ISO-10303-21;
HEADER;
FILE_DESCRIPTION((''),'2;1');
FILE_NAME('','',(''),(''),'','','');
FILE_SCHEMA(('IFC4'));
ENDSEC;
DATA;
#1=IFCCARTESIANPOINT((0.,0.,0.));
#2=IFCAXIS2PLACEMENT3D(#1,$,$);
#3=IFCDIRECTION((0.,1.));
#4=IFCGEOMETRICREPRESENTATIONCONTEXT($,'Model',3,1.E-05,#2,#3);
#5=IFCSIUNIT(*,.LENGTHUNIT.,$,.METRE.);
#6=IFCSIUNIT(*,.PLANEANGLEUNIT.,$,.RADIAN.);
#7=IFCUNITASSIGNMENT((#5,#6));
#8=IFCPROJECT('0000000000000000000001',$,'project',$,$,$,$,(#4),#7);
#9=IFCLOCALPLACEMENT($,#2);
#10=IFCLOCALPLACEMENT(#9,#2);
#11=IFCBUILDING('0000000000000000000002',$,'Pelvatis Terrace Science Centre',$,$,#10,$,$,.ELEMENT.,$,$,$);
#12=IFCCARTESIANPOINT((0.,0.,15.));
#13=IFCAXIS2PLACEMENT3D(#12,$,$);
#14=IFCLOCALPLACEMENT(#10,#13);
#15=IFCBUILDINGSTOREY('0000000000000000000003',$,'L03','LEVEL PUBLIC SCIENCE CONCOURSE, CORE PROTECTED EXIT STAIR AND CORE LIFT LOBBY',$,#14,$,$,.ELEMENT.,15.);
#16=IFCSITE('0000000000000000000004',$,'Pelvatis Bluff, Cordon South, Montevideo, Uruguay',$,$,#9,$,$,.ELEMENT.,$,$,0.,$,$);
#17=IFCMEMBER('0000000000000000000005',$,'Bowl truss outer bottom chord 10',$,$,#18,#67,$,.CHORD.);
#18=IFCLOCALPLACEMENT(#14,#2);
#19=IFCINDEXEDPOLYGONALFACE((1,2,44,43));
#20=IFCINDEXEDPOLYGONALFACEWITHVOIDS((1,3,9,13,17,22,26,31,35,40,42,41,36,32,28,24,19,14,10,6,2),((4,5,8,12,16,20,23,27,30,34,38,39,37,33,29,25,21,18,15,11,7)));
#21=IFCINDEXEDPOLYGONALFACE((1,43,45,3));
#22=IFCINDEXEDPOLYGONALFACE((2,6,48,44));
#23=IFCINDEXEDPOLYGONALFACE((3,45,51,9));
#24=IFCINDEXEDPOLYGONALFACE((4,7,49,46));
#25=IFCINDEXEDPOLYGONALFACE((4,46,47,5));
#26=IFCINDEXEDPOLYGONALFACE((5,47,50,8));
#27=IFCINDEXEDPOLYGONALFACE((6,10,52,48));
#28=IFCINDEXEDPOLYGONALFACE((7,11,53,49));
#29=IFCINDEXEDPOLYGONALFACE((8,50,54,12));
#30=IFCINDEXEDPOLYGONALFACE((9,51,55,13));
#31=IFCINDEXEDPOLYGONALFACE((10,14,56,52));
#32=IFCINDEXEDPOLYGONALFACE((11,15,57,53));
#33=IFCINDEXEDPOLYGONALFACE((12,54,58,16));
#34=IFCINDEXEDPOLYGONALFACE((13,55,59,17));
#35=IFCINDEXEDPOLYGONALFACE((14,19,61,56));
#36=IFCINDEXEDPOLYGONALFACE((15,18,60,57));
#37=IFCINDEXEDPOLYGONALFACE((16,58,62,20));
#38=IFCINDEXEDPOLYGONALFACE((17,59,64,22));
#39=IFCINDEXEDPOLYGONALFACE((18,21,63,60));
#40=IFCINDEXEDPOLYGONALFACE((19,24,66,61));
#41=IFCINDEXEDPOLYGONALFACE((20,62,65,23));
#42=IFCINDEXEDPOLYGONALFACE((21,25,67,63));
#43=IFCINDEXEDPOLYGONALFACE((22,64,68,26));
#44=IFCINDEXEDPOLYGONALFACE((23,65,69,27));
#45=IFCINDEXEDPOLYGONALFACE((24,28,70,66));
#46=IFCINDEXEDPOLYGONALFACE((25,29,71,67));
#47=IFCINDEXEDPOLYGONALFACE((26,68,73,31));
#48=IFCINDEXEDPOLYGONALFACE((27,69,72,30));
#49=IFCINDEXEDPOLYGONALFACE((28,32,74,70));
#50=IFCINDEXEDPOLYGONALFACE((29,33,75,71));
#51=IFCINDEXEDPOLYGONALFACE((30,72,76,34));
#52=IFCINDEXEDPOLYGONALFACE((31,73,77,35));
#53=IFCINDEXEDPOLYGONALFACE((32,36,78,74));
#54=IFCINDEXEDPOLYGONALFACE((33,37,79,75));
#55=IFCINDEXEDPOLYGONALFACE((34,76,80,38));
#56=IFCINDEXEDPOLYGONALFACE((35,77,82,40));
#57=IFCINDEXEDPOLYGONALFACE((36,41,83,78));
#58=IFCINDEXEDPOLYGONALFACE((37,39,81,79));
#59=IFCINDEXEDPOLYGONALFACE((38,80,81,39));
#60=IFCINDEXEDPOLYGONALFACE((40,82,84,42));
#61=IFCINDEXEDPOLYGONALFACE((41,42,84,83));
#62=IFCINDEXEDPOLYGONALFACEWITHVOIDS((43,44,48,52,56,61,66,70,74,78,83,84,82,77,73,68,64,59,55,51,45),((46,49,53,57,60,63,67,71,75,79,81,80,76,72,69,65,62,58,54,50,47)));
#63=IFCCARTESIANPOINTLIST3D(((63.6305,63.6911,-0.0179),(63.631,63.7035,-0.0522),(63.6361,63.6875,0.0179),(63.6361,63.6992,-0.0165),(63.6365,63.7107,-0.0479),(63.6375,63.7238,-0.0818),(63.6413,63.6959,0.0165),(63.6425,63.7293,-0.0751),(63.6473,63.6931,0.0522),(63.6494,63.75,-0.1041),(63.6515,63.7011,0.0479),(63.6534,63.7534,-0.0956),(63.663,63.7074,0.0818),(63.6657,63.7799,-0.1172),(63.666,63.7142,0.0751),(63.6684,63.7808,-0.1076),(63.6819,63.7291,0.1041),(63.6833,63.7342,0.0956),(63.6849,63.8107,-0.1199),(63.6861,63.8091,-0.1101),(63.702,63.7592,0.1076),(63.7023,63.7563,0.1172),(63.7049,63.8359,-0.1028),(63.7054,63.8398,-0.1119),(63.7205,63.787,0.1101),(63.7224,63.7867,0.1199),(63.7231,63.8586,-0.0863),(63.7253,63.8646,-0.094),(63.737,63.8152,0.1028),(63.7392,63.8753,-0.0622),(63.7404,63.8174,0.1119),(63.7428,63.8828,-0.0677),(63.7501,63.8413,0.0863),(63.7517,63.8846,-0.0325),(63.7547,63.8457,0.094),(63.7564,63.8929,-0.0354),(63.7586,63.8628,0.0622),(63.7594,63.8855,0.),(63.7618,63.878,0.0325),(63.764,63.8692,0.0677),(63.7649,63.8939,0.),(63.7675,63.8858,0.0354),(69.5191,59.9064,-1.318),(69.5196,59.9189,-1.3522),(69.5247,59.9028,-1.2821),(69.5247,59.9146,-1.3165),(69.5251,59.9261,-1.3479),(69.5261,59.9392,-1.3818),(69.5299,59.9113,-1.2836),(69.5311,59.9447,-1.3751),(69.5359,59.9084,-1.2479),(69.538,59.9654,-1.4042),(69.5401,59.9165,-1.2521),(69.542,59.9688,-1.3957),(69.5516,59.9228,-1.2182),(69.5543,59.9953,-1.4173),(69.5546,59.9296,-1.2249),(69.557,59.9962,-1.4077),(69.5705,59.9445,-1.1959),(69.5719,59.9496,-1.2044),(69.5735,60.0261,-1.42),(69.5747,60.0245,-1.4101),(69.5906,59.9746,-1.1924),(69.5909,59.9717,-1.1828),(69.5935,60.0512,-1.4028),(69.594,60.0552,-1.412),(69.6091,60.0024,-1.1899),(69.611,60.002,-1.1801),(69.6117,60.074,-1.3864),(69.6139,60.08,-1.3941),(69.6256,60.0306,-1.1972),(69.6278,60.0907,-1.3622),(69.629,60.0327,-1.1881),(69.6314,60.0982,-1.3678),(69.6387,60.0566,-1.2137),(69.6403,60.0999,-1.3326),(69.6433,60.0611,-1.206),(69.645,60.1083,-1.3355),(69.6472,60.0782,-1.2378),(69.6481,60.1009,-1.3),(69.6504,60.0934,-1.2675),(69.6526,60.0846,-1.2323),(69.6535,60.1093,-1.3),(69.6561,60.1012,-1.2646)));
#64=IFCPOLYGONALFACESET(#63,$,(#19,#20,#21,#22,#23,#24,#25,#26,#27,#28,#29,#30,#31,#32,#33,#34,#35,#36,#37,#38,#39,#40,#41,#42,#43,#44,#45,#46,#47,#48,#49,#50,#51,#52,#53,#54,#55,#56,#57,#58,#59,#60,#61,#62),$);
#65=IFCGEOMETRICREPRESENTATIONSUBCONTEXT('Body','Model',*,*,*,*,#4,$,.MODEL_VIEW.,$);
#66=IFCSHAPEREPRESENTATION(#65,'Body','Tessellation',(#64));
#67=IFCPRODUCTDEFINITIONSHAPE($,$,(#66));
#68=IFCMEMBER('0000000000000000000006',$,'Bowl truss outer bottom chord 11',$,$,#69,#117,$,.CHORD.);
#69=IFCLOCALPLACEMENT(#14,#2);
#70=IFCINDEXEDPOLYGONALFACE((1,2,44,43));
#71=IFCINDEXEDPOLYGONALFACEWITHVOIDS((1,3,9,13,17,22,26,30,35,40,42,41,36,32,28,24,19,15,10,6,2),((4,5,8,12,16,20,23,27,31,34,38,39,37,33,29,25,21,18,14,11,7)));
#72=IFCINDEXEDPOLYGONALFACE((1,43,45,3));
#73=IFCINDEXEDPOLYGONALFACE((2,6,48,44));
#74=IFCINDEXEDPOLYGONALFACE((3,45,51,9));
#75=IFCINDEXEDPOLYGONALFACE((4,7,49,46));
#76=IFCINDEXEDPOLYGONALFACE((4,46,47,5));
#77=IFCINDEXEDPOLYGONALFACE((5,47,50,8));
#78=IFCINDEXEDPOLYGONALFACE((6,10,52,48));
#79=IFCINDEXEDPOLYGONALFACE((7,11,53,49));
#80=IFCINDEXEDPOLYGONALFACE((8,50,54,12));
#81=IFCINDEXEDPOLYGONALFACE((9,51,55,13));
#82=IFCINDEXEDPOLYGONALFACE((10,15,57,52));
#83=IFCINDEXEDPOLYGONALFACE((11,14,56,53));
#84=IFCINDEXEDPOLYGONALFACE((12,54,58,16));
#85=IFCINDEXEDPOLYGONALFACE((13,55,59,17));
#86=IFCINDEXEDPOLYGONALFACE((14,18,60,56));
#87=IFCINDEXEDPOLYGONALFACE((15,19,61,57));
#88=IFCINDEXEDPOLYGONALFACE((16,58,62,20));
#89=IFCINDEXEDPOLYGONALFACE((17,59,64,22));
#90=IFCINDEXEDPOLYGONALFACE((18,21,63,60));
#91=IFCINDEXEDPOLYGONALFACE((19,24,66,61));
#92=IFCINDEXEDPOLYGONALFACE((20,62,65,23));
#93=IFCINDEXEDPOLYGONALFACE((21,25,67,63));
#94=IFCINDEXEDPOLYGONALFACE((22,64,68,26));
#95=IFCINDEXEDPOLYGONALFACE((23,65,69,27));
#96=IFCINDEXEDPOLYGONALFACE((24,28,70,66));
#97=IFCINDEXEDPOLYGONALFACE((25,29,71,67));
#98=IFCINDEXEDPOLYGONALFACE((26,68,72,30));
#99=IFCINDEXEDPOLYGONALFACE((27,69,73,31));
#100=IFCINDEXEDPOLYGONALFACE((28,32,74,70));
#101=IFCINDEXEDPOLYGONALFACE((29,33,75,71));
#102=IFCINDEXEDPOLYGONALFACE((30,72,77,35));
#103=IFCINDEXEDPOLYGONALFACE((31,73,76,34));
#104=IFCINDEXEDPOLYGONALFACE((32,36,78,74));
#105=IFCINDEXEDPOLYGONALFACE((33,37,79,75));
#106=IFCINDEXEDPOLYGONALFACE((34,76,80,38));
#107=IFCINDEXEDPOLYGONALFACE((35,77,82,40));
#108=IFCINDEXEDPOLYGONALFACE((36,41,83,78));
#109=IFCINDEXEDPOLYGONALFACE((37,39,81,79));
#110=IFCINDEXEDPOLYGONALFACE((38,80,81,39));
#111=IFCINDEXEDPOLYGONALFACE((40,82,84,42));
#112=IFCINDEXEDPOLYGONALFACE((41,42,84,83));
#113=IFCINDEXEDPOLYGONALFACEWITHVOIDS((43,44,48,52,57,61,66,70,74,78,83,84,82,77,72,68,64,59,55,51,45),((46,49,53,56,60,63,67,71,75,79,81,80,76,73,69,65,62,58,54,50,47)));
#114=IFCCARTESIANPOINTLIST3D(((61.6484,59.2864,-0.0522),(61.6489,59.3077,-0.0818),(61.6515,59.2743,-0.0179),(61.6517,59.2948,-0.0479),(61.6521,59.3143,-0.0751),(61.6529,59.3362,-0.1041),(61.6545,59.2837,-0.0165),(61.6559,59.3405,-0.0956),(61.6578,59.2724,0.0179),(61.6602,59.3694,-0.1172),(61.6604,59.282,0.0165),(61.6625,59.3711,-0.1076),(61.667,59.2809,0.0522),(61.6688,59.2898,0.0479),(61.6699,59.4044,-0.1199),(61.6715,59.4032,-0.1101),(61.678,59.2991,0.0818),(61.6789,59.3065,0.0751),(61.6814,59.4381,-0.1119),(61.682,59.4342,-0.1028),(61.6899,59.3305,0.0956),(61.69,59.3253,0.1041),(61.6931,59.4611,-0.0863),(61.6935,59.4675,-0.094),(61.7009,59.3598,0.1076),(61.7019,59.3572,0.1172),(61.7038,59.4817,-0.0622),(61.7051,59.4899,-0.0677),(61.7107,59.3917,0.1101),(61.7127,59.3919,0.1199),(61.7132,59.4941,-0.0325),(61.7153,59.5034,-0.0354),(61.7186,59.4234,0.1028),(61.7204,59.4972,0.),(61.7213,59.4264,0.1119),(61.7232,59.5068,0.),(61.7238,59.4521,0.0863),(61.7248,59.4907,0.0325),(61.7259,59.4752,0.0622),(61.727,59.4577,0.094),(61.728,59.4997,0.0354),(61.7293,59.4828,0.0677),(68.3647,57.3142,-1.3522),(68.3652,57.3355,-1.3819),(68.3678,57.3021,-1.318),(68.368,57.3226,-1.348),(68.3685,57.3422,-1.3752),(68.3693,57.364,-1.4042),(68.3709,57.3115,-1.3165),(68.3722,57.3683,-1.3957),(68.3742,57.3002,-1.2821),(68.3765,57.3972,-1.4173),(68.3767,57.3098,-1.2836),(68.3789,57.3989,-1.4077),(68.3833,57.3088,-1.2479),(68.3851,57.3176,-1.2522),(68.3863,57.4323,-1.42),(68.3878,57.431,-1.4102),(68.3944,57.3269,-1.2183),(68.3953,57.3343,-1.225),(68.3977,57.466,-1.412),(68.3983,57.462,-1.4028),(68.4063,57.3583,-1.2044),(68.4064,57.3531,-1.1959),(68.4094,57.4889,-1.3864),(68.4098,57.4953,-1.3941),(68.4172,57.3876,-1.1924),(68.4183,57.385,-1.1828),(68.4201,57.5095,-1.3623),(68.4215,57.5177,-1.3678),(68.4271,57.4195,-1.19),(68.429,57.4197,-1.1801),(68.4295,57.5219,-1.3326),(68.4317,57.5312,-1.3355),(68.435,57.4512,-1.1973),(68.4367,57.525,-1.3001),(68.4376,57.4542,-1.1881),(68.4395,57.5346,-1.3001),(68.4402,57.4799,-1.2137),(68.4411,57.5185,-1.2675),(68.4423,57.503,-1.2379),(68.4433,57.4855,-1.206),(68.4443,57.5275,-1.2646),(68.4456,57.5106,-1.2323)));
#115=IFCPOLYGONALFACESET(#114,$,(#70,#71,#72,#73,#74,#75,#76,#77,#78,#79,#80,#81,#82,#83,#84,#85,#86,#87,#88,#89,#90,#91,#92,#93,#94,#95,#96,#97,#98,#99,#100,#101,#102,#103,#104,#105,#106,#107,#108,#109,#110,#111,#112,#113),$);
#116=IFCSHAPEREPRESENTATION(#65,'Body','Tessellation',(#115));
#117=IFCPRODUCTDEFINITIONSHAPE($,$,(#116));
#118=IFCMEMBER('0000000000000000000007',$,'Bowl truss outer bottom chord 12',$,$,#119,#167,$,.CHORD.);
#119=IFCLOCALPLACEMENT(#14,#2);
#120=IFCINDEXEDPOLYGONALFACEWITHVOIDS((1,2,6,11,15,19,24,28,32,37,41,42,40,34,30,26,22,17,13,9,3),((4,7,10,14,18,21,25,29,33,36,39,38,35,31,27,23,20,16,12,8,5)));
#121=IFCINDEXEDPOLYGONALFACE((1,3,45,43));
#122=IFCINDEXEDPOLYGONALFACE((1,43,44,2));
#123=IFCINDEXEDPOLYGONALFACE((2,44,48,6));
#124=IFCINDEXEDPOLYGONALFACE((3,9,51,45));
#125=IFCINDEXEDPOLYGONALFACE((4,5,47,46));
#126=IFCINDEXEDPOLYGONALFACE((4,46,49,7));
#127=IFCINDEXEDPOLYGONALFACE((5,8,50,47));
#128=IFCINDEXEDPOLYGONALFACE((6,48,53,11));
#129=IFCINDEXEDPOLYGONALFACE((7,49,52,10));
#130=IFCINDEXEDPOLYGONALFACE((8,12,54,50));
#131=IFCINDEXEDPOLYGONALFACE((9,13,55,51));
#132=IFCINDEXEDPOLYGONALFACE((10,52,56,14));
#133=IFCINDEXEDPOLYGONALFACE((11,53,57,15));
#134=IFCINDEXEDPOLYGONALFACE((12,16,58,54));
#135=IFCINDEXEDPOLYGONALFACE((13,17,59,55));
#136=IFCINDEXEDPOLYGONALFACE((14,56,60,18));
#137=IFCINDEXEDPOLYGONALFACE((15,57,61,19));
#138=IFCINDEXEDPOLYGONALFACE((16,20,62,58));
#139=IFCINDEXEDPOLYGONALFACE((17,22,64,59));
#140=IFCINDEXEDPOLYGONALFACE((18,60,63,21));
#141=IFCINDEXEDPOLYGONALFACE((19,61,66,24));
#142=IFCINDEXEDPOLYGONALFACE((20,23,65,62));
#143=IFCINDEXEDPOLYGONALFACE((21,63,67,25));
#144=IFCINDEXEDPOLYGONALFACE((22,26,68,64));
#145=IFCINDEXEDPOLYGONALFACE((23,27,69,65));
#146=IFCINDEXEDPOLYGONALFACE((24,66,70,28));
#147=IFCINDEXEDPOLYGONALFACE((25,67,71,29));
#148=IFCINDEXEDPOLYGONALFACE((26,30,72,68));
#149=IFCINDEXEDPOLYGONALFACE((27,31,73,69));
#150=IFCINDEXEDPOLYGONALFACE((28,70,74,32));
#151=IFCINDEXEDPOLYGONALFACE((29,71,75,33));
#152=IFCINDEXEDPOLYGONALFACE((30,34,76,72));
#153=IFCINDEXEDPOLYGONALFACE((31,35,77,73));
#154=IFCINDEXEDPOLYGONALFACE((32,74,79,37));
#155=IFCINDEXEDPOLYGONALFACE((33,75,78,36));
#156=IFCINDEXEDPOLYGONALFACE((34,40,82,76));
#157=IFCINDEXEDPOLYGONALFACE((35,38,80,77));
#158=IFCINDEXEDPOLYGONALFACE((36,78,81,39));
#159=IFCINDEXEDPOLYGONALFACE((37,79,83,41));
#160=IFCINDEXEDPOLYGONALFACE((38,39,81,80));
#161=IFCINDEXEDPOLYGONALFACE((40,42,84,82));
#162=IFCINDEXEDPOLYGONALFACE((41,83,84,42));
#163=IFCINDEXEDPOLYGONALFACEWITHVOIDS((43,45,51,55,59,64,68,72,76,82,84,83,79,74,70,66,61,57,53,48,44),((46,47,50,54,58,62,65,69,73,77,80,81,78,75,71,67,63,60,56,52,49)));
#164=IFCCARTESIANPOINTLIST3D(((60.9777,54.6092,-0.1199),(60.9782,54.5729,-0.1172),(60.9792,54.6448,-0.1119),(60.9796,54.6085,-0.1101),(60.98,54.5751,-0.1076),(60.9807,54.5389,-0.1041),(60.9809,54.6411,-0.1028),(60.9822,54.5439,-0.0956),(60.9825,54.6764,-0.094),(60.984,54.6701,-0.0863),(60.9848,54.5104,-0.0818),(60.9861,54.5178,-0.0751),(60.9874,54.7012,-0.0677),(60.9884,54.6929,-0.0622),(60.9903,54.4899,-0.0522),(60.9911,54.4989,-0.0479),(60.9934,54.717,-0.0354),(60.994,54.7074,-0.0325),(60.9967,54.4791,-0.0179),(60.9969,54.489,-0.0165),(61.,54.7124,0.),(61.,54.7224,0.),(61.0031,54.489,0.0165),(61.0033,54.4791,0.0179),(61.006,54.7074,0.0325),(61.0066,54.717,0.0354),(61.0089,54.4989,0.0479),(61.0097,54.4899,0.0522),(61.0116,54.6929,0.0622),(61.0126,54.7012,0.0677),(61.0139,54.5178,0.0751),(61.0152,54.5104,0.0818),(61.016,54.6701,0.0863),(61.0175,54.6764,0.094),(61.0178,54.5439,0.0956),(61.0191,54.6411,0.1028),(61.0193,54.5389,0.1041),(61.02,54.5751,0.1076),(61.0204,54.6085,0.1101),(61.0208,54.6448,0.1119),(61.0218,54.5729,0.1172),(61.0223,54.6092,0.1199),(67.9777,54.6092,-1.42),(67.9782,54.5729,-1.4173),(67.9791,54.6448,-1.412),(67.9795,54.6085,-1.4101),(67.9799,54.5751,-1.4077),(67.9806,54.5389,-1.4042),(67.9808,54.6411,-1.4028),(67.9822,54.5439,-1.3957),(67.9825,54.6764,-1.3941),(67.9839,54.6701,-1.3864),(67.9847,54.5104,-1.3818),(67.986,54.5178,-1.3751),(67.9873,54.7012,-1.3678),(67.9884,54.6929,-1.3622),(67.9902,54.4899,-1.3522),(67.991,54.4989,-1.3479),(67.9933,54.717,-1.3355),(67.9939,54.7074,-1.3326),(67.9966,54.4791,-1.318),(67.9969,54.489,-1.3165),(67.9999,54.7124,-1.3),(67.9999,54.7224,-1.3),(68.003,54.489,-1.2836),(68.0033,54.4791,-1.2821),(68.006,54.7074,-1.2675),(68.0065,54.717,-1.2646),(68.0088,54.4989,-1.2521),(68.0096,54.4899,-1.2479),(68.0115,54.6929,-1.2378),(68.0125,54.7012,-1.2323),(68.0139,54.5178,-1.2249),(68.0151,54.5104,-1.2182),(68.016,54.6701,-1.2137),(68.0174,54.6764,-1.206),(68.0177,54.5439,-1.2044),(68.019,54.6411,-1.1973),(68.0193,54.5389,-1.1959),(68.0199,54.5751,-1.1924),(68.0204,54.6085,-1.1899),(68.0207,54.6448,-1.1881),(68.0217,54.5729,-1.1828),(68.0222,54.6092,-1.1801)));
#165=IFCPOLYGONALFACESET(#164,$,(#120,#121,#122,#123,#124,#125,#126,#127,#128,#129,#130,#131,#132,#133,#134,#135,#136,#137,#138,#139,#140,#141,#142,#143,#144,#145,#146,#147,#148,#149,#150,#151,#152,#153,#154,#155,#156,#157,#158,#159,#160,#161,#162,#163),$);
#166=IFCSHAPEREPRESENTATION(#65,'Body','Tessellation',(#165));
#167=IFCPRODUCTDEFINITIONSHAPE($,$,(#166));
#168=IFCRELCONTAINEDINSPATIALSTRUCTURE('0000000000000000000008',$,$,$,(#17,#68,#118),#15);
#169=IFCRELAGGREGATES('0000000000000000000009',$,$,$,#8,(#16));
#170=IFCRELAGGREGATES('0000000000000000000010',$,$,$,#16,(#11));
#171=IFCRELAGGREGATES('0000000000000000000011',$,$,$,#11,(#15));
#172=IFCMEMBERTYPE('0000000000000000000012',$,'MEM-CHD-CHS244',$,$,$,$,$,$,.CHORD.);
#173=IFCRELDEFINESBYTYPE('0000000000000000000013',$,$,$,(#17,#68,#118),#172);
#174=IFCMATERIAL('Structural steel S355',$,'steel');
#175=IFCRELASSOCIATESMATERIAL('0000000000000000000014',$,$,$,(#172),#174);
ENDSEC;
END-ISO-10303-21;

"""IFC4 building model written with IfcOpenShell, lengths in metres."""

from ifc_helpers import new_model, si_unit, direction, frame, origin, origin_2d, place, context, subcontext, project, spatial, hollow_circle, extrude, material, material_profile, profile_set, type_object, element, save


model = new_model("IFC4")

# Units and contexts
model_context = context("Model", 3, precision=1e-05, world=origin(), true_north=direction((0.0, 1.0)))
body_context = subcontext(model_context, "Body", "Model", "MODEL_VIEW")
ifc_project = project(units=[si_unit("LENGTHUNIT", "METRE"), si_unit("PLANEANGLEUNIT", "RADIAN")], contexts=[model_context])

# Site, building, storey
site_placement = place(None, origin())
site = spatial("IfcSite", under=ifc_project, at=site_placement, Name="Pelvatis Bluff, Cordon South, Montevideo, Uruguay", CompositionType="ELEMENT", RefElevation=0.0)
building_placement = place(site_placement, origin())
building = spatial("IfcBuilding", under=site, at=building_placement, Name="Pelvatis Terrace Science Centre", CompositionType="ELEMENT")
storey_placement = place(building_placement, frame((0.0, 0.0, 15.0)))
storey = spatial("IfcBuildingStorey", under=building, at=storey_placement, Name="L03", Description="LEVEL PUBLIC SCIENCE CONCOURSE, CORE PROTECTED EXIT STAIR AND CORE LIFT LOBBY", CompositionType="ELEMENT", Elevation=15.0)

# Members
ifc_material_1 = material(Name="Structural steel S355", Category="steel")
ifc_material_profile_1 = material_profile(ifc_material_1, hollow_circle(Radius=0.1223, WallThickness=0.01, at=origin_2d()), Name="CHS 244.5x10.0")
ifc_profile_set_1 = profile_set([ifc_material_profile_1], Name="Structural steel S355")
member_type_1 = type_object("IfcMemberType", Name="MEM-CHD-CHS244", PredefinedType="CHORD", material=ifc_profile_set_1)
for number, where, z_axis, x_axis, name in (
    (1, (63.6987, 63.791, 0.0), (0.827094, -0.531576, -0.182599), (0.540666, 0.841237, 0.0), "Bowl truss outer bottom chord 10"),
    (2, (61.6887, 59.3894, 0.0), (0.943358, -0.277006, -0.182602), (0.281743, 0.95949, 0.0), "Bowl truss outer bottom chord 11"),
    (3, (61.0, 54.6001, 0.0), (0.983188, 0.0, -0.182599), (0.0, 1.0, 0.0), "Bowl truss outer bottom chord 12"),
):
    element("IfcMember", number, at=place(storey_placement, frame(where, z_axis=z_axis, x_axis=x_axis)), inside=storey, type_object=member_type_1, Name=name, PredefinedType="CHORD", context=body_context, shape_type="SweptSolid", body=[
        extrude(hollow_circle(Radius=0.1223, WallThickness=0.01, at=origin_2d()), origin(), (0.0, 0.0, 1.0), 7.1196),
    ])

save(model, "model.ifc")
